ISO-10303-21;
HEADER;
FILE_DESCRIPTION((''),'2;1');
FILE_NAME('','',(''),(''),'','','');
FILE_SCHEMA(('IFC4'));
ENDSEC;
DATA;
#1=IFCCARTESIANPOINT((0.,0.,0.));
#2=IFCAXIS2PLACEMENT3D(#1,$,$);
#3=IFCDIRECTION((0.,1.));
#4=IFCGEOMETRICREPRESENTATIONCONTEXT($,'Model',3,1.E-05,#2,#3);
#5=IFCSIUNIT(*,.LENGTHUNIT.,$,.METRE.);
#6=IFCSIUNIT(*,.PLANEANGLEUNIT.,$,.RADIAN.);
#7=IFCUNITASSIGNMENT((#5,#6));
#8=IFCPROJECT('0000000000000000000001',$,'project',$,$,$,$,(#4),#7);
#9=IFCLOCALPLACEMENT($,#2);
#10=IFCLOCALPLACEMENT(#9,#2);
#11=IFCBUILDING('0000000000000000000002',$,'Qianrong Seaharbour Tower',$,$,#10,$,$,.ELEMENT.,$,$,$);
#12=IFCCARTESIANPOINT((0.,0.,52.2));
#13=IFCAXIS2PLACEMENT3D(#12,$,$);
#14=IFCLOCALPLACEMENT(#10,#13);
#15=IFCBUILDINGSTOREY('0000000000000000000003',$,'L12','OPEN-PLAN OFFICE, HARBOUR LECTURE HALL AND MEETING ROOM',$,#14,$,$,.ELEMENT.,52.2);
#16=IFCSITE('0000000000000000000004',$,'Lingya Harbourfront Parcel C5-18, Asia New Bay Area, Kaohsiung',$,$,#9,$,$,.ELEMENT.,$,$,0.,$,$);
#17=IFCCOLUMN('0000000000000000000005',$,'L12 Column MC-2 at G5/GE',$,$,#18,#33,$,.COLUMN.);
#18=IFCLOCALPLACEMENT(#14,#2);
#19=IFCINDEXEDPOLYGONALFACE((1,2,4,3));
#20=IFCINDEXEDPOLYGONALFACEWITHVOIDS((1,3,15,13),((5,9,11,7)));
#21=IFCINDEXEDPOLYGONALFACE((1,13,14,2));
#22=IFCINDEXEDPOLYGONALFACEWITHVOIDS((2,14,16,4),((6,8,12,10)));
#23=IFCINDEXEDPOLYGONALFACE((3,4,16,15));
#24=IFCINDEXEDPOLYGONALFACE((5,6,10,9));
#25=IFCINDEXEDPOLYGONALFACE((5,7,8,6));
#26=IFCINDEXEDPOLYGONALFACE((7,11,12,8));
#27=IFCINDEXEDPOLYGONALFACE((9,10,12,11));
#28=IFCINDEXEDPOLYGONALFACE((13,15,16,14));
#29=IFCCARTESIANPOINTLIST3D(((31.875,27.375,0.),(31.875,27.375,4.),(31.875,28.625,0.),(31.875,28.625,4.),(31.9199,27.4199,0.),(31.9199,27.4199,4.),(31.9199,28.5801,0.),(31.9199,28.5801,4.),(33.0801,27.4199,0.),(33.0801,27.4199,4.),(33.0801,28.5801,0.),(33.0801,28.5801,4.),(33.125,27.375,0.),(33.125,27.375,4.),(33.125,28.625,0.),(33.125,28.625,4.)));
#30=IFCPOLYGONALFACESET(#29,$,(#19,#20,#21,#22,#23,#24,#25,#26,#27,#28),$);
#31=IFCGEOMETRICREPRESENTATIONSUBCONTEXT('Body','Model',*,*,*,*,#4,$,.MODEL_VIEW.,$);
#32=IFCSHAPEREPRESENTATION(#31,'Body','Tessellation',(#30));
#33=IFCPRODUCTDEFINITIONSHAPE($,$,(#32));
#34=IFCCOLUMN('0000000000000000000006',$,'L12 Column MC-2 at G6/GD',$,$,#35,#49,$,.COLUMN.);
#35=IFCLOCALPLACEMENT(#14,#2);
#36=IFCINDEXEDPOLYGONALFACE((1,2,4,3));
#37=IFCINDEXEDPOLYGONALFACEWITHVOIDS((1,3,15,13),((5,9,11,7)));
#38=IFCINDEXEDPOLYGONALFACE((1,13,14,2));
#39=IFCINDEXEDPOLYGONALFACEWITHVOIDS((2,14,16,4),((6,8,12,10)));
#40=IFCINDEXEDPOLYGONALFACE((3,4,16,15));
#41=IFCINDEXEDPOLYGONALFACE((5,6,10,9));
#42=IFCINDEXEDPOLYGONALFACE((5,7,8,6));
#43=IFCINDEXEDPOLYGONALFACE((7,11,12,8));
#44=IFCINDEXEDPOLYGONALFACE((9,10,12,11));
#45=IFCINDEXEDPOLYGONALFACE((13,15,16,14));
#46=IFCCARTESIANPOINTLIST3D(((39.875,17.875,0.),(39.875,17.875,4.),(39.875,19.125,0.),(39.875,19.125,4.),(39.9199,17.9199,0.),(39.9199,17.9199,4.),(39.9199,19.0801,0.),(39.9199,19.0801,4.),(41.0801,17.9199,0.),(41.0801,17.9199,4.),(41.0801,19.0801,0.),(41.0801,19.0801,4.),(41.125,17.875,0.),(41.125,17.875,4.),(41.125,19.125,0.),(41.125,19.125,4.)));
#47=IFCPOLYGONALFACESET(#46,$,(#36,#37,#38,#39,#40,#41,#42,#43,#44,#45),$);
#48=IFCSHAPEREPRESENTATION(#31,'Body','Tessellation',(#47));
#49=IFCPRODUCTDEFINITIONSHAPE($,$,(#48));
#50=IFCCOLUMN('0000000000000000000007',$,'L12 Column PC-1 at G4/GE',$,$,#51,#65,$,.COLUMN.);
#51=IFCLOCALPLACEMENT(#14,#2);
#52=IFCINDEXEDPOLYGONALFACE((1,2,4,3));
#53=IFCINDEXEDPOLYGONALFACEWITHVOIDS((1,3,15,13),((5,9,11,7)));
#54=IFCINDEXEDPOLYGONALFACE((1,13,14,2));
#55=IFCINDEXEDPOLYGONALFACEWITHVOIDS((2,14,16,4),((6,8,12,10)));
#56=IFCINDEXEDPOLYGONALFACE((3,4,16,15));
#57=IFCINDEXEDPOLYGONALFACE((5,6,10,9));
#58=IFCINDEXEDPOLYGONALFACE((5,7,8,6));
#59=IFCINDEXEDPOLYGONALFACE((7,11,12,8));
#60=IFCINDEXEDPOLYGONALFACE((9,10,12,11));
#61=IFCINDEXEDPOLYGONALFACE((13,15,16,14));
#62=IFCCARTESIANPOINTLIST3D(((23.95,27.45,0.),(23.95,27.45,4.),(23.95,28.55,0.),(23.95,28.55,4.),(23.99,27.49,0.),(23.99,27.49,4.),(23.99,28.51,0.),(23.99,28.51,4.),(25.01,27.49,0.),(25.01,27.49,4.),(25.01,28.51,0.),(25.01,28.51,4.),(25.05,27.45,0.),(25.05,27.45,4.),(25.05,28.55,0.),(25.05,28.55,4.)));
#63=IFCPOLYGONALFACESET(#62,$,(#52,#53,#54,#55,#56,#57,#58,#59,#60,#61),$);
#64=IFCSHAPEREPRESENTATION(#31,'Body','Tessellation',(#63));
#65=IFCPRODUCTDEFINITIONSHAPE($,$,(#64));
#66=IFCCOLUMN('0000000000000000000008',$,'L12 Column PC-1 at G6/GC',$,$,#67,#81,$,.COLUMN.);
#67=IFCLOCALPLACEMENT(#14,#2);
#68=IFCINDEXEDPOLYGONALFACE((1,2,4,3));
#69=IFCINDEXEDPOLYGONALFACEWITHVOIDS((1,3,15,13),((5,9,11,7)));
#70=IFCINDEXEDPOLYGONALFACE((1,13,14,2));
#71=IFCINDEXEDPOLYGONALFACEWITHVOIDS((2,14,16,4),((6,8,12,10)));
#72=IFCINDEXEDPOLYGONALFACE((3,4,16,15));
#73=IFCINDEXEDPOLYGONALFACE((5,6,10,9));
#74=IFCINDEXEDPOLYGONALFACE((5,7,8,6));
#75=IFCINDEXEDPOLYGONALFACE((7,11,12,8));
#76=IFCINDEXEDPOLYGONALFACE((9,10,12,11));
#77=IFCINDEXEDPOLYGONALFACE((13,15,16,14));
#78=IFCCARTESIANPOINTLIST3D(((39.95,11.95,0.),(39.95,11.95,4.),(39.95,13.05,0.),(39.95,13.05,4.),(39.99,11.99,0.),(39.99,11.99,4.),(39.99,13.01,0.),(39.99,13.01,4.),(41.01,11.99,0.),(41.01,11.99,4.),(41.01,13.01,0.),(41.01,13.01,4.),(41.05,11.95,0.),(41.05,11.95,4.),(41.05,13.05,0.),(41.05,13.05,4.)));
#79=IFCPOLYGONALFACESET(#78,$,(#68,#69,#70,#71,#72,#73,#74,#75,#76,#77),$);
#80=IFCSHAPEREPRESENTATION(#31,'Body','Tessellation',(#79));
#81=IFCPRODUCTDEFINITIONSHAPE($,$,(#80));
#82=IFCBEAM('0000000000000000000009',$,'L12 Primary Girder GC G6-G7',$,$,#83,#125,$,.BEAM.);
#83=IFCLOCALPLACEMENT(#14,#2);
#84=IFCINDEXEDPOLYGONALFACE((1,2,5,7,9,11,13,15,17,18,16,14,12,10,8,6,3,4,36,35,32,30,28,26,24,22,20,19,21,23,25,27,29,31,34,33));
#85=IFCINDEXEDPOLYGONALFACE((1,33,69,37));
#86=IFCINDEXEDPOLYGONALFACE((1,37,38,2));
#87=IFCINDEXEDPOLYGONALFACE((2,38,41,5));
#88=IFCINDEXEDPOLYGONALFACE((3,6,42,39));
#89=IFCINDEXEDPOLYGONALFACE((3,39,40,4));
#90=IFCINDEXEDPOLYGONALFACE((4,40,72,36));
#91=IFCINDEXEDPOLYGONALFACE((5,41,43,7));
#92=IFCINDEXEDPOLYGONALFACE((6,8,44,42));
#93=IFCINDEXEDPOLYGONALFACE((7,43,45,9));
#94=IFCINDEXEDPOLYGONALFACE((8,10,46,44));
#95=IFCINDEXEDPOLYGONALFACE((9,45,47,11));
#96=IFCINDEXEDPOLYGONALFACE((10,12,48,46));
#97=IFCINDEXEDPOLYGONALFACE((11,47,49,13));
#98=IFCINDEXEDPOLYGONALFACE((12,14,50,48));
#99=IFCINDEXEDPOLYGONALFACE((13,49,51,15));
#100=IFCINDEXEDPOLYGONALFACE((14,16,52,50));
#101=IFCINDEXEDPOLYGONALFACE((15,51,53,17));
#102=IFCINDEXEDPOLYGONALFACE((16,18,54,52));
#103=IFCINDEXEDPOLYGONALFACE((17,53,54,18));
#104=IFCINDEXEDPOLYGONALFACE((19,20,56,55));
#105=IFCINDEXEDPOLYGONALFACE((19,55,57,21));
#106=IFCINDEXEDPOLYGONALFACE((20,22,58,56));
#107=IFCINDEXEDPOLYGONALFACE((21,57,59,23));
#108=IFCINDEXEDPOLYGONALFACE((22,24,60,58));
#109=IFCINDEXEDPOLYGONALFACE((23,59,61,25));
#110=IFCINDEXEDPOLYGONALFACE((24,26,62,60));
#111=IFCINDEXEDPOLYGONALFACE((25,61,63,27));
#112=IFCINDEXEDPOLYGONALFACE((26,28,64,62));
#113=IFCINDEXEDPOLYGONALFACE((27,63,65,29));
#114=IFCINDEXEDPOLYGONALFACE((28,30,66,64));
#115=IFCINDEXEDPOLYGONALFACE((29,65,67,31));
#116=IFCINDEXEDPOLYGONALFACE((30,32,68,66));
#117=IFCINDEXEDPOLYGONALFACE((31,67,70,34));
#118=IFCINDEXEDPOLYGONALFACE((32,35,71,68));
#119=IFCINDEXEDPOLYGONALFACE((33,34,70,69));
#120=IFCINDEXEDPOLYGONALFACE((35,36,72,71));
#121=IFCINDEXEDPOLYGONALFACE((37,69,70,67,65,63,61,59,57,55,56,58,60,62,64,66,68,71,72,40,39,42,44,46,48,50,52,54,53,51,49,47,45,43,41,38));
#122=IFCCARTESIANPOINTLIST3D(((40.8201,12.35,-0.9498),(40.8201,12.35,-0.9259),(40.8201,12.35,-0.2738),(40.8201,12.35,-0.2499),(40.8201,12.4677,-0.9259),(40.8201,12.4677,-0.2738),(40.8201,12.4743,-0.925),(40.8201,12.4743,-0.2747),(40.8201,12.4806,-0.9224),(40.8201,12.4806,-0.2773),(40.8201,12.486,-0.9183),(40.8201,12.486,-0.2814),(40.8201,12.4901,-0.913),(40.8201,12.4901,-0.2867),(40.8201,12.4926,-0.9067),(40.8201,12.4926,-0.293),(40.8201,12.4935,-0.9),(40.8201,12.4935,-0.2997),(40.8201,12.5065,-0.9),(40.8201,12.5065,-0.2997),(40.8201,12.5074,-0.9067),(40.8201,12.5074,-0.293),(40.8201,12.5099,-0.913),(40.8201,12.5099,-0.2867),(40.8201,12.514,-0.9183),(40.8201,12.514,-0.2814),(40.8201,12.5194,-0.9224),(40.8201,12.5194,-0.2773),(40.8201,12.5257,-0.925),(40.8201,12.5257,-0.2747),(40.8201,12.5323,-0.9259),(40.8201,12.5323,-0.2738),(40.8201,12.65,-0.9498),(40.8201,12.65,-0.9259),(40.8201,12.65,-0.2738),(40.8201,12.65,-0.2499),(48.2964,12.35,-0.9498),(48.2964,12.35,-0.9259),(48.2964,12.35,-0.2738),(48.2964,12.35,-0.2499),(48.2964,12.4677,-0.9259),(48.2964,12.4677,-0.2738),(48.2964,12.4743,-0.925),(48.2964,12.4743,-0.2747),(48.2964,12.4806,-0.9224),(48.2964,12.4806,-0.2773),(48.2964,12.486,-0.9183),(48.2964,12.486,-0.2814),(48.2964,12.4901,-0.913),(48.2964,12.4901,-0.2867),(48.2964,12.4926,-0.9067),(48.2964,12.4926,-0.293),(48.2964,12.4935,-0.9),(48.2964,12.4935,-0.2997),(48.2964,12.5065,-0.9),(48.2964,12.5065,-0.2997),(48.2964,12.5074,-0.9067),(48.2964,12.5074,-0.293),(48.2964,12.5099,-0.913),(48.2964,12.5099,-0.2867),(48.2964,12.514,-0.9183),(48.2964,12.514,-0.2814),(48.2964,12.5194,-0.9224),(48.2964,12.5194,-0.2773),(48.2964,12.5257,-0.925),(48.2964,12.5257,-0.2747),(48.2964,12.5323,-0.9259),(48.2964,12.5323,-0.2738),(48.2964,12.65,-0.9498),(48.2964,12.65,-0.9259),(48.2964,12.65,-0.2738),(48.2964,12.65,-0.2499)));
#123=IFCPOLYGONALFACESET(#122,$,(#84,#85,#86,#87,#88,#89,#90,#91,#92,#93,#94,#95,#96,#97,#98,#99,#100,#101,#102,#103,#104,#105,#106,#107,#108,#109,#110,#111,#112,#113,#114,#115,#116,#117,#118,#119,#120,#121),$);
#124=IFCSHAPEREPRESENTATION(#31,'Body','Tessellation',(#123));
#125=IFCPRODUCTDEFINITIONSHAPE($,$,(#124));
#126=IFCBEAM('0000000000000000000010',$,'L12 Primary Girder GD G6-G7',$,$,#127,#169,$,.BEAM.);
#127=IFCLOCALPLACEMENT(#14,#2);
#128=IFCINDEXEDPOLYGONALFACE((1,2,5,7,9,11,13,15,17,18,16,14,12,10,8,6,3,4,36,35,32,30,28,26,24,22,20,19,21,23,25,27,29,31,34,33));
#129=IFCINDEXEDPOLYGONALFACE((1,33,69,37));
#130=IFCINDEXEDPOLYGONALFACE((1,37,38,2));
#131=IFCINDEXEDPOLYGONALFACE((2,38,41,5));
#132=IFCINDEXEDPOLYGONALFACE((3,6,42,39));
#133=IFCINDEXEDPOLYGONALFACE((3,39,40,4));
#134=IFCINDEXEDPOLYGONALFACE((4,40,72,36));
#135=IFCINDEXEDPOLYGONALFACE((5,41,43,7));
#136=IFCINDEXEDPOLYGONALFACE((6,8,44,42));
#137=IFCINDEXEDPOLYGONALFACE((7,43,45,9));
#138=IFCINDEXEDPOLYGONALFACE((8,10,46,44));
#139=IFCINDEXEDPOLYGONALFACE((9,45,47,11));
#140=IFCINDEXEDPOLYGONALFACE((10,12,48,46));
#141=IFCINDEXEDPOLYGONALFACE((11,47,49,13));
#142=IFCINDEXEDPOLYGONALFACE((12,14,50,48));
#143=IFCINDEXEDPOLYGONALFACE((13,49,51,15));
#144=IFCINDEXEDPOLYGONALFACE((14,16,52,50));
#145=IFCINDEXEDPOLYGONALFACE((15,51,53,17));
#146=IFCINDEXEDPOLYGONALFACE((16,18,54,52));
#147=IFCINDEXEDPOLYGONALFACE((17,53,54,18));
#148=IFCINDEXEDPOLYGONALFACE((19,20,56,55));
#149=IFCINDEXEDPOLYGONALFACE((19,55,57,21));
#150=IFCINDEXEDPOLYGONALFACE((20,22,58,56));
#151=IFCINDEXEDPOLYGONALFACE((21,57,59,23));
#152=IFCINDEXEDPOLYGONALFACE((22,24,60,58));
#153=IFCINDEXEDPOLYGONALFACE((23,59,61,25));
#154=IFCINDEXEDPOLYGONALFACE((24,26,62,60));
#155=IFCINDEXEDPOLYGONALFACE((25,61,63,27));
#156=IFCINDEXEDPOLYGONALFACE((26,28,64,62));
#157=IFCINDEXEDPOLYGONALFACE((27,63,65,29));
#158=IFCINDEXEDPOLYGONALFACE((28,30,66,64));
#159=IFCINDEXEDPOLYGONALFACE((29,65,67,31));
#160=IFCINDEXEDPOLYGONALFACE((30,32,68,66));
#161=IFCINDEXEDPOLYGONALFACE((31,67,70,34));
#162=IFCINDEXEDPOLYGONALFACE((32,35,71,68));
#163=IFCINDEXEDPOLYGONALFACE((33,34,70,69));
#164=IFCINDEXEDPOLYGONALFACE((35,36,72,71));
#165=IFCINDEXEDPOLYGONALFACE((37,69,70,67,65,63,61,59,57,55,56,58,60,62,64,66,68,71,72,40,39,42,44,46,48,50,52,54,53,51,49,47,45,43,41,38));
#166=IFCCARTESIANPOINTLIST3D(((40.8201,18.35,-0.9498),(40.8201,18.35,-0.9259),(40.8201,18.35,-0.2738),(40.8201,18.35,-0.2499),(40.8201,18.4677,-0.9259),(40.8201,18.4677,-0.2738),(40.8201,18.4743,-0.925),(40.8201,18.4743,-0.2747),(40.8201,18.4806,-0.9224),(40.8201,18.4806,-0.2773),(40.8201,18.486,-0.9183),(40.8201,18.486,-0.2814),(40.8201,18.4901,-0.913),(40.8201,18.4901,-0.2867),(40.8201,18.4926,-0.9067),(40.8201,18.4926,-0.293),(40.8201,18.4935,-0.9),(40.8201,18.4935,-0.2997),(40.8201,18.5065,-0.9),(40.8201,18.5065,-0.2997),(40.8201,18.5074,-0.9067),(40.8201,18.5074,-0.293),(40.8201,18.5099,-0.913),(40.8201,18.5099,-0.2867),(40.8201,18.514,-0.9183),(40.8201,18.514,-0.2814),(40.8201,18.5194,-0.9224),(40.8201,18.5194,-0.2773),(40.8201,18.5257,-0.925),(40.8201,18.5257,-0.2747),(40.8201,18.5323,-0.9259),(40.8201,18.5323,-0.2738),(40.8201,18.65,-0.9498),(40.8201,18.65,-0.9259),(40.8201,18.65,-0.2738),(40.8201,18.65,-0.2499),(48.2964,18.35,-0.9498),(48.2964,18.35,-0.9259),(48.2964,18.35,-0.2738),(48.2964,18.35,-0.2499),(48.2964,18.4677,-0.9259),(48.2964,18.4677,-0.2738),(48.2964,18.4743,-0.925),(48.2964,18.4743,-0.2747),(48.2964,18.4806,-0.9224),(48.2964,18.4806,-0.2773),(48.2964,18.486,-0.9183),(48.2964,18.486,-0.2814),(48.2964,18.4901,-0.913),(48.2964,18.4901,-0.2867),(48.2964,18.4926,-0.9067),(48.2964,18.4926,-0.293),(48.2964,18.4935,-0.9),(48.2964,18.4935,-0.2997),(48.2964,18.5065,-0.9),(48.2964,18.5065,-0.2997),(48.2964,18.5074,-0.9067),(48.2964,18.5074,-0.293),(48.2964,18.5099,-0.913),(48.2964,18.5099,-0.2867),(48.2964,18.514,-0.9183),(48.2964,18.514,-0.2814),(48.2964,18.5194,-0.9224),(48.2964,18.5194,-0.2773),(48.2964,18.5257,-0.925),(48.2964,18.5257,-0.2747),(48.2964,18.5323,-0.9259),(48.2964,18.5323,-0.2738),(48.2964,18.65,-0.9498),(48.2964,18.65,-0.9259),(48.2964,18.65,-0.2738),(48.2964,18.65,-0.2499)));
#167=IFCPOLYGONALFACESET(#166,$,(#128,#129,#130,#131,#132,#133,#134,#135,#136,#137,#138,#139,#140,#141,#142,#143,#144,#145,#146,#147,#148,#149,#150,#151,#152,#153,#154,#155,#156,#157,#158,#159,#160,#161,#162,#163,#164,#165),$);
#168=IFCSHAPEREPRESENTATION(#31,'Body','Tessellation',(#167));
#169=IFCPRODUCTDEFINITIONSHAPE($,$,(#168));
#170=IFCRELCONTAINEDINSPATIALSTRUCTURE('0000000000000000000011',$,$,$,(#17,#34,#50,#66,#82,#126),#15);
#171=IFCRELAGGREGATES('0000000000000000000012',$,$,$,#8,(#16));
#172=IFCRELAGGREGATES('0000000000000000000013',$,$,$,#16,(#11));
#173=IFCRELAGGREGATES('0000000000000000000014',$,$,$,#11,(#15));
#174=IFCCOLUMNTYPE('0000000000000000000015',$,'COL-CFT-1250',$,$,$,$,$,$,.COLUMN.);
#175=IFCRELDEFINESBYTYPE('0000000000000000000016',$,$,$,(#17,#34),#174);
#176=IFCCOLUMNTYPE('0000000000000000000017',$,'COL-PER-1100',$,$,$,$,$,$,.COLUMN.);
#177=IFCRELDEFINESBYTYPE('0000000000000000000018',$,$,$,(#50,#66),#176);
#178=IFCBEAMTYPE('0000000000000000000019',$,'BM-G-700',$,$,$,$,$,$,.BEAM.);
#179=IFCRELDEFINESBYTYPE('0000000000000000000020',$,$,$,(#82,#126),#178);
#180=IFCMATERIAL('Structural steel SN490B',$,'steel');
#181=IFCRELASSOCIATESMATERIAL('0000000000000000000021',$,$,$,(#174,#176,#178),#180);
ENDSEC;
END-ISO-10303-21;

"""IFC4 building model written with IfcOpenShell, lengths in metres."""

from ifc_helpers import new_model, si_unit, direction, frame, origin, origin_2d, place, context, subcontext, project, spatial, hollow_rectangle, i_section, extrude, material, material_profile, profile_set, type_object, element, save


model = new_model("IFC4")

# Units and contexts
model_context = context("Model", 3, precision=1e-05, world=origin(), true_north=direction((0.0, 1.0)))
body_context = subcontext(model_context, "Body", "Model", "MODEL_VIEW")
ifc_project = project(units=[si_unit("LENGTHUNIT", "METRE"), si_unit("PLANEANGLEUNIT", "RADIAN")], contexts=[model_context])

# Site, building, storey
site_placement = place(None, origin())
site = spatial("IfcSite", under=ifc_project, at=site_placement, Name="Lingya Harbourfront Parcel C5-18, Asia New Bay Area, Kaohsiung", CompositionType="ELEMENT", RefElevation=0.0)
building_placement = place(site_placement, origin())
building = spatial("IfcBuilding", under=site, at=building_placement, Name="Qianrong Seaharbour Tower", CompositionType="ELEMENT")
storey_placement = place(building_placement, frame((0.0, 0.0, 52.2)))
storey = spatial("IfcBuildingStorey", under=building, at=storey_placement, Name="L12", Description="OPEN-PLAN OFFICE, HARBOUR LECTURE HALL AND MEETING ROOM", CompositionType="ELEMENT", Elevation=52.2)

# Columns
ifc_material_1 = material(Name="Structural steel SN490B", Category="steel")
ifc_material_profile_1 = material_profile(ifc_material_1, hollow_rectangle(XDim=1.25, YDim=1.25, WallThickness=0.0449, at=origin_2d()), Name="BOX1250x1250x45")
ifc_profile_set_1 = profile_set([ifc_material_profile_1], Name="Structural steel SN490B")
column_type_1 = type_object("IfcColumnType", Name="COL-CFT-1250", PredefinedType="COLUMN", material=ifc_profile_set_1)
for number, where, z_axis, x_axis, name in (
    (1, (32.5, 28.0, 0.0), (0.0, 0.0, 1.0), (1.0, 0.0, 0.0), "L12 Column MC-2 at G5/GE"),
    (2, (40.5, 18.5, 0.0), (0.0, 0.0, 1.0), (1.0, 0.0, 0.0), "L12 Column MC-2 at G6/GD"),
):
    element("IfcColumn", number, at=place(storey_placement, frame(where, z_axis=z_axis, x_axis=x_axis)), inside=storey, type_object=column_type_1, Name=name, PredefinedType="COLUMN", context=body_context, shape_type="SweptSolid", body=[
        extrude(hollow_rectangle(XDim=1.25, YDim=1.25, WallThickness=0.0449, at=origin_2d()), origin(), (0.0, 0.0, 1.0), 4.0),
    ])
ifc_material_profile_2 = material_profile(ifc_material_1, hollow_rectangle(XDim=1.1001, YDim=1.1001, WallThickness=0.04, at=origin_2d()), Name="BOX1100x1100x40")
ifc_profile_set_2 = profile_set([ifc_material_profile_2], Name="Structural steel SN490B")
column_type_2 = type_object("IfcColumnType", Name="COL-PER-1100", PredefinedType="COLUMN", material=ifc_profile_set_2)
for number, where, z_axis, x_axis, name in (
    (3, (24.5, 28.0, 0.0), (0.0, 0.0, 1.0), (1.0, 0.0, 0.0), "L12 Column PC-1 at G4/GE"),
    (4, (40.5, 12.5, 0.0), (0.0, 0.0, 1.0), (1.0, 0.0, 0.0), "L12 Column PC-1 at G6/GC"),
):
    element("IfcColumn", number, at=place(storey_placement, frame(where, z_axis=z_axis, x_axis=x_axis)), inside=storey, type_object=column_type_2, Name=name, PredefinedType="COLUMN", context=body_context, shape_type="SweptSolid", body=[
        extrude(hollow_rectangle(XDim=1.1001, YDim=1.1001, WallThickness=0.04, at=origin_2d()), origin(), (0.0, 0.0, 1.0), 4.0),
    ])

# Beams
ifc_material_profile_3 = material_profile(ifc_material_1, i_section(OverallWidth=0.3, OverallDepth=0.7, WebThickness=0.0129, FlangeThickness=0.0239, FilletRadius=0.0259, at=origin_2d()), Name="H700x300x13x24")
ifc_profile_set_3 = profile_set([ifc_material_profile_3], Name="Structural steel SN490B")
beam_type_1 = type_object("IfcBeamType", Name="BM-G-700", PredefinedType="BEAM", material=ifc_profile_set_3)
for number, where, z_axis, x_axis, name in (
    (5, (40.8201, 12.5, -0.5999), (1.0, 0.0, 0.0), (0.0, 1.0, 0.0), "L12 Primary Girder GC G6-G7"),
    (6, (40.8201, 18.5, -0.5999), (1.0, 0.0, 0.0), (0.0, 1.0, 0.0), "L12 Primary Girder GD G6-G7"),
):
    element("IfcBeam", number, at=place(storey_placement, frame(where, z_axis=z_axis, x_axis=x_axis)), inside=storey, type_object=beam_type_1, Name=name, PredefinedType="BEAM", context=body_context, shape_type="SweptSolid", body=[
        extrude(i_section(OverallWidth=0.3, OverallDepth=0.7, WebThickness=0.0129, FlangeThickness=0.0239, FilletRadius=0.0259, at=origin_2d()), origin(), (0.0, 0.0, 1.0), 7.4763),
    ])

save(model, "model.ifc")
